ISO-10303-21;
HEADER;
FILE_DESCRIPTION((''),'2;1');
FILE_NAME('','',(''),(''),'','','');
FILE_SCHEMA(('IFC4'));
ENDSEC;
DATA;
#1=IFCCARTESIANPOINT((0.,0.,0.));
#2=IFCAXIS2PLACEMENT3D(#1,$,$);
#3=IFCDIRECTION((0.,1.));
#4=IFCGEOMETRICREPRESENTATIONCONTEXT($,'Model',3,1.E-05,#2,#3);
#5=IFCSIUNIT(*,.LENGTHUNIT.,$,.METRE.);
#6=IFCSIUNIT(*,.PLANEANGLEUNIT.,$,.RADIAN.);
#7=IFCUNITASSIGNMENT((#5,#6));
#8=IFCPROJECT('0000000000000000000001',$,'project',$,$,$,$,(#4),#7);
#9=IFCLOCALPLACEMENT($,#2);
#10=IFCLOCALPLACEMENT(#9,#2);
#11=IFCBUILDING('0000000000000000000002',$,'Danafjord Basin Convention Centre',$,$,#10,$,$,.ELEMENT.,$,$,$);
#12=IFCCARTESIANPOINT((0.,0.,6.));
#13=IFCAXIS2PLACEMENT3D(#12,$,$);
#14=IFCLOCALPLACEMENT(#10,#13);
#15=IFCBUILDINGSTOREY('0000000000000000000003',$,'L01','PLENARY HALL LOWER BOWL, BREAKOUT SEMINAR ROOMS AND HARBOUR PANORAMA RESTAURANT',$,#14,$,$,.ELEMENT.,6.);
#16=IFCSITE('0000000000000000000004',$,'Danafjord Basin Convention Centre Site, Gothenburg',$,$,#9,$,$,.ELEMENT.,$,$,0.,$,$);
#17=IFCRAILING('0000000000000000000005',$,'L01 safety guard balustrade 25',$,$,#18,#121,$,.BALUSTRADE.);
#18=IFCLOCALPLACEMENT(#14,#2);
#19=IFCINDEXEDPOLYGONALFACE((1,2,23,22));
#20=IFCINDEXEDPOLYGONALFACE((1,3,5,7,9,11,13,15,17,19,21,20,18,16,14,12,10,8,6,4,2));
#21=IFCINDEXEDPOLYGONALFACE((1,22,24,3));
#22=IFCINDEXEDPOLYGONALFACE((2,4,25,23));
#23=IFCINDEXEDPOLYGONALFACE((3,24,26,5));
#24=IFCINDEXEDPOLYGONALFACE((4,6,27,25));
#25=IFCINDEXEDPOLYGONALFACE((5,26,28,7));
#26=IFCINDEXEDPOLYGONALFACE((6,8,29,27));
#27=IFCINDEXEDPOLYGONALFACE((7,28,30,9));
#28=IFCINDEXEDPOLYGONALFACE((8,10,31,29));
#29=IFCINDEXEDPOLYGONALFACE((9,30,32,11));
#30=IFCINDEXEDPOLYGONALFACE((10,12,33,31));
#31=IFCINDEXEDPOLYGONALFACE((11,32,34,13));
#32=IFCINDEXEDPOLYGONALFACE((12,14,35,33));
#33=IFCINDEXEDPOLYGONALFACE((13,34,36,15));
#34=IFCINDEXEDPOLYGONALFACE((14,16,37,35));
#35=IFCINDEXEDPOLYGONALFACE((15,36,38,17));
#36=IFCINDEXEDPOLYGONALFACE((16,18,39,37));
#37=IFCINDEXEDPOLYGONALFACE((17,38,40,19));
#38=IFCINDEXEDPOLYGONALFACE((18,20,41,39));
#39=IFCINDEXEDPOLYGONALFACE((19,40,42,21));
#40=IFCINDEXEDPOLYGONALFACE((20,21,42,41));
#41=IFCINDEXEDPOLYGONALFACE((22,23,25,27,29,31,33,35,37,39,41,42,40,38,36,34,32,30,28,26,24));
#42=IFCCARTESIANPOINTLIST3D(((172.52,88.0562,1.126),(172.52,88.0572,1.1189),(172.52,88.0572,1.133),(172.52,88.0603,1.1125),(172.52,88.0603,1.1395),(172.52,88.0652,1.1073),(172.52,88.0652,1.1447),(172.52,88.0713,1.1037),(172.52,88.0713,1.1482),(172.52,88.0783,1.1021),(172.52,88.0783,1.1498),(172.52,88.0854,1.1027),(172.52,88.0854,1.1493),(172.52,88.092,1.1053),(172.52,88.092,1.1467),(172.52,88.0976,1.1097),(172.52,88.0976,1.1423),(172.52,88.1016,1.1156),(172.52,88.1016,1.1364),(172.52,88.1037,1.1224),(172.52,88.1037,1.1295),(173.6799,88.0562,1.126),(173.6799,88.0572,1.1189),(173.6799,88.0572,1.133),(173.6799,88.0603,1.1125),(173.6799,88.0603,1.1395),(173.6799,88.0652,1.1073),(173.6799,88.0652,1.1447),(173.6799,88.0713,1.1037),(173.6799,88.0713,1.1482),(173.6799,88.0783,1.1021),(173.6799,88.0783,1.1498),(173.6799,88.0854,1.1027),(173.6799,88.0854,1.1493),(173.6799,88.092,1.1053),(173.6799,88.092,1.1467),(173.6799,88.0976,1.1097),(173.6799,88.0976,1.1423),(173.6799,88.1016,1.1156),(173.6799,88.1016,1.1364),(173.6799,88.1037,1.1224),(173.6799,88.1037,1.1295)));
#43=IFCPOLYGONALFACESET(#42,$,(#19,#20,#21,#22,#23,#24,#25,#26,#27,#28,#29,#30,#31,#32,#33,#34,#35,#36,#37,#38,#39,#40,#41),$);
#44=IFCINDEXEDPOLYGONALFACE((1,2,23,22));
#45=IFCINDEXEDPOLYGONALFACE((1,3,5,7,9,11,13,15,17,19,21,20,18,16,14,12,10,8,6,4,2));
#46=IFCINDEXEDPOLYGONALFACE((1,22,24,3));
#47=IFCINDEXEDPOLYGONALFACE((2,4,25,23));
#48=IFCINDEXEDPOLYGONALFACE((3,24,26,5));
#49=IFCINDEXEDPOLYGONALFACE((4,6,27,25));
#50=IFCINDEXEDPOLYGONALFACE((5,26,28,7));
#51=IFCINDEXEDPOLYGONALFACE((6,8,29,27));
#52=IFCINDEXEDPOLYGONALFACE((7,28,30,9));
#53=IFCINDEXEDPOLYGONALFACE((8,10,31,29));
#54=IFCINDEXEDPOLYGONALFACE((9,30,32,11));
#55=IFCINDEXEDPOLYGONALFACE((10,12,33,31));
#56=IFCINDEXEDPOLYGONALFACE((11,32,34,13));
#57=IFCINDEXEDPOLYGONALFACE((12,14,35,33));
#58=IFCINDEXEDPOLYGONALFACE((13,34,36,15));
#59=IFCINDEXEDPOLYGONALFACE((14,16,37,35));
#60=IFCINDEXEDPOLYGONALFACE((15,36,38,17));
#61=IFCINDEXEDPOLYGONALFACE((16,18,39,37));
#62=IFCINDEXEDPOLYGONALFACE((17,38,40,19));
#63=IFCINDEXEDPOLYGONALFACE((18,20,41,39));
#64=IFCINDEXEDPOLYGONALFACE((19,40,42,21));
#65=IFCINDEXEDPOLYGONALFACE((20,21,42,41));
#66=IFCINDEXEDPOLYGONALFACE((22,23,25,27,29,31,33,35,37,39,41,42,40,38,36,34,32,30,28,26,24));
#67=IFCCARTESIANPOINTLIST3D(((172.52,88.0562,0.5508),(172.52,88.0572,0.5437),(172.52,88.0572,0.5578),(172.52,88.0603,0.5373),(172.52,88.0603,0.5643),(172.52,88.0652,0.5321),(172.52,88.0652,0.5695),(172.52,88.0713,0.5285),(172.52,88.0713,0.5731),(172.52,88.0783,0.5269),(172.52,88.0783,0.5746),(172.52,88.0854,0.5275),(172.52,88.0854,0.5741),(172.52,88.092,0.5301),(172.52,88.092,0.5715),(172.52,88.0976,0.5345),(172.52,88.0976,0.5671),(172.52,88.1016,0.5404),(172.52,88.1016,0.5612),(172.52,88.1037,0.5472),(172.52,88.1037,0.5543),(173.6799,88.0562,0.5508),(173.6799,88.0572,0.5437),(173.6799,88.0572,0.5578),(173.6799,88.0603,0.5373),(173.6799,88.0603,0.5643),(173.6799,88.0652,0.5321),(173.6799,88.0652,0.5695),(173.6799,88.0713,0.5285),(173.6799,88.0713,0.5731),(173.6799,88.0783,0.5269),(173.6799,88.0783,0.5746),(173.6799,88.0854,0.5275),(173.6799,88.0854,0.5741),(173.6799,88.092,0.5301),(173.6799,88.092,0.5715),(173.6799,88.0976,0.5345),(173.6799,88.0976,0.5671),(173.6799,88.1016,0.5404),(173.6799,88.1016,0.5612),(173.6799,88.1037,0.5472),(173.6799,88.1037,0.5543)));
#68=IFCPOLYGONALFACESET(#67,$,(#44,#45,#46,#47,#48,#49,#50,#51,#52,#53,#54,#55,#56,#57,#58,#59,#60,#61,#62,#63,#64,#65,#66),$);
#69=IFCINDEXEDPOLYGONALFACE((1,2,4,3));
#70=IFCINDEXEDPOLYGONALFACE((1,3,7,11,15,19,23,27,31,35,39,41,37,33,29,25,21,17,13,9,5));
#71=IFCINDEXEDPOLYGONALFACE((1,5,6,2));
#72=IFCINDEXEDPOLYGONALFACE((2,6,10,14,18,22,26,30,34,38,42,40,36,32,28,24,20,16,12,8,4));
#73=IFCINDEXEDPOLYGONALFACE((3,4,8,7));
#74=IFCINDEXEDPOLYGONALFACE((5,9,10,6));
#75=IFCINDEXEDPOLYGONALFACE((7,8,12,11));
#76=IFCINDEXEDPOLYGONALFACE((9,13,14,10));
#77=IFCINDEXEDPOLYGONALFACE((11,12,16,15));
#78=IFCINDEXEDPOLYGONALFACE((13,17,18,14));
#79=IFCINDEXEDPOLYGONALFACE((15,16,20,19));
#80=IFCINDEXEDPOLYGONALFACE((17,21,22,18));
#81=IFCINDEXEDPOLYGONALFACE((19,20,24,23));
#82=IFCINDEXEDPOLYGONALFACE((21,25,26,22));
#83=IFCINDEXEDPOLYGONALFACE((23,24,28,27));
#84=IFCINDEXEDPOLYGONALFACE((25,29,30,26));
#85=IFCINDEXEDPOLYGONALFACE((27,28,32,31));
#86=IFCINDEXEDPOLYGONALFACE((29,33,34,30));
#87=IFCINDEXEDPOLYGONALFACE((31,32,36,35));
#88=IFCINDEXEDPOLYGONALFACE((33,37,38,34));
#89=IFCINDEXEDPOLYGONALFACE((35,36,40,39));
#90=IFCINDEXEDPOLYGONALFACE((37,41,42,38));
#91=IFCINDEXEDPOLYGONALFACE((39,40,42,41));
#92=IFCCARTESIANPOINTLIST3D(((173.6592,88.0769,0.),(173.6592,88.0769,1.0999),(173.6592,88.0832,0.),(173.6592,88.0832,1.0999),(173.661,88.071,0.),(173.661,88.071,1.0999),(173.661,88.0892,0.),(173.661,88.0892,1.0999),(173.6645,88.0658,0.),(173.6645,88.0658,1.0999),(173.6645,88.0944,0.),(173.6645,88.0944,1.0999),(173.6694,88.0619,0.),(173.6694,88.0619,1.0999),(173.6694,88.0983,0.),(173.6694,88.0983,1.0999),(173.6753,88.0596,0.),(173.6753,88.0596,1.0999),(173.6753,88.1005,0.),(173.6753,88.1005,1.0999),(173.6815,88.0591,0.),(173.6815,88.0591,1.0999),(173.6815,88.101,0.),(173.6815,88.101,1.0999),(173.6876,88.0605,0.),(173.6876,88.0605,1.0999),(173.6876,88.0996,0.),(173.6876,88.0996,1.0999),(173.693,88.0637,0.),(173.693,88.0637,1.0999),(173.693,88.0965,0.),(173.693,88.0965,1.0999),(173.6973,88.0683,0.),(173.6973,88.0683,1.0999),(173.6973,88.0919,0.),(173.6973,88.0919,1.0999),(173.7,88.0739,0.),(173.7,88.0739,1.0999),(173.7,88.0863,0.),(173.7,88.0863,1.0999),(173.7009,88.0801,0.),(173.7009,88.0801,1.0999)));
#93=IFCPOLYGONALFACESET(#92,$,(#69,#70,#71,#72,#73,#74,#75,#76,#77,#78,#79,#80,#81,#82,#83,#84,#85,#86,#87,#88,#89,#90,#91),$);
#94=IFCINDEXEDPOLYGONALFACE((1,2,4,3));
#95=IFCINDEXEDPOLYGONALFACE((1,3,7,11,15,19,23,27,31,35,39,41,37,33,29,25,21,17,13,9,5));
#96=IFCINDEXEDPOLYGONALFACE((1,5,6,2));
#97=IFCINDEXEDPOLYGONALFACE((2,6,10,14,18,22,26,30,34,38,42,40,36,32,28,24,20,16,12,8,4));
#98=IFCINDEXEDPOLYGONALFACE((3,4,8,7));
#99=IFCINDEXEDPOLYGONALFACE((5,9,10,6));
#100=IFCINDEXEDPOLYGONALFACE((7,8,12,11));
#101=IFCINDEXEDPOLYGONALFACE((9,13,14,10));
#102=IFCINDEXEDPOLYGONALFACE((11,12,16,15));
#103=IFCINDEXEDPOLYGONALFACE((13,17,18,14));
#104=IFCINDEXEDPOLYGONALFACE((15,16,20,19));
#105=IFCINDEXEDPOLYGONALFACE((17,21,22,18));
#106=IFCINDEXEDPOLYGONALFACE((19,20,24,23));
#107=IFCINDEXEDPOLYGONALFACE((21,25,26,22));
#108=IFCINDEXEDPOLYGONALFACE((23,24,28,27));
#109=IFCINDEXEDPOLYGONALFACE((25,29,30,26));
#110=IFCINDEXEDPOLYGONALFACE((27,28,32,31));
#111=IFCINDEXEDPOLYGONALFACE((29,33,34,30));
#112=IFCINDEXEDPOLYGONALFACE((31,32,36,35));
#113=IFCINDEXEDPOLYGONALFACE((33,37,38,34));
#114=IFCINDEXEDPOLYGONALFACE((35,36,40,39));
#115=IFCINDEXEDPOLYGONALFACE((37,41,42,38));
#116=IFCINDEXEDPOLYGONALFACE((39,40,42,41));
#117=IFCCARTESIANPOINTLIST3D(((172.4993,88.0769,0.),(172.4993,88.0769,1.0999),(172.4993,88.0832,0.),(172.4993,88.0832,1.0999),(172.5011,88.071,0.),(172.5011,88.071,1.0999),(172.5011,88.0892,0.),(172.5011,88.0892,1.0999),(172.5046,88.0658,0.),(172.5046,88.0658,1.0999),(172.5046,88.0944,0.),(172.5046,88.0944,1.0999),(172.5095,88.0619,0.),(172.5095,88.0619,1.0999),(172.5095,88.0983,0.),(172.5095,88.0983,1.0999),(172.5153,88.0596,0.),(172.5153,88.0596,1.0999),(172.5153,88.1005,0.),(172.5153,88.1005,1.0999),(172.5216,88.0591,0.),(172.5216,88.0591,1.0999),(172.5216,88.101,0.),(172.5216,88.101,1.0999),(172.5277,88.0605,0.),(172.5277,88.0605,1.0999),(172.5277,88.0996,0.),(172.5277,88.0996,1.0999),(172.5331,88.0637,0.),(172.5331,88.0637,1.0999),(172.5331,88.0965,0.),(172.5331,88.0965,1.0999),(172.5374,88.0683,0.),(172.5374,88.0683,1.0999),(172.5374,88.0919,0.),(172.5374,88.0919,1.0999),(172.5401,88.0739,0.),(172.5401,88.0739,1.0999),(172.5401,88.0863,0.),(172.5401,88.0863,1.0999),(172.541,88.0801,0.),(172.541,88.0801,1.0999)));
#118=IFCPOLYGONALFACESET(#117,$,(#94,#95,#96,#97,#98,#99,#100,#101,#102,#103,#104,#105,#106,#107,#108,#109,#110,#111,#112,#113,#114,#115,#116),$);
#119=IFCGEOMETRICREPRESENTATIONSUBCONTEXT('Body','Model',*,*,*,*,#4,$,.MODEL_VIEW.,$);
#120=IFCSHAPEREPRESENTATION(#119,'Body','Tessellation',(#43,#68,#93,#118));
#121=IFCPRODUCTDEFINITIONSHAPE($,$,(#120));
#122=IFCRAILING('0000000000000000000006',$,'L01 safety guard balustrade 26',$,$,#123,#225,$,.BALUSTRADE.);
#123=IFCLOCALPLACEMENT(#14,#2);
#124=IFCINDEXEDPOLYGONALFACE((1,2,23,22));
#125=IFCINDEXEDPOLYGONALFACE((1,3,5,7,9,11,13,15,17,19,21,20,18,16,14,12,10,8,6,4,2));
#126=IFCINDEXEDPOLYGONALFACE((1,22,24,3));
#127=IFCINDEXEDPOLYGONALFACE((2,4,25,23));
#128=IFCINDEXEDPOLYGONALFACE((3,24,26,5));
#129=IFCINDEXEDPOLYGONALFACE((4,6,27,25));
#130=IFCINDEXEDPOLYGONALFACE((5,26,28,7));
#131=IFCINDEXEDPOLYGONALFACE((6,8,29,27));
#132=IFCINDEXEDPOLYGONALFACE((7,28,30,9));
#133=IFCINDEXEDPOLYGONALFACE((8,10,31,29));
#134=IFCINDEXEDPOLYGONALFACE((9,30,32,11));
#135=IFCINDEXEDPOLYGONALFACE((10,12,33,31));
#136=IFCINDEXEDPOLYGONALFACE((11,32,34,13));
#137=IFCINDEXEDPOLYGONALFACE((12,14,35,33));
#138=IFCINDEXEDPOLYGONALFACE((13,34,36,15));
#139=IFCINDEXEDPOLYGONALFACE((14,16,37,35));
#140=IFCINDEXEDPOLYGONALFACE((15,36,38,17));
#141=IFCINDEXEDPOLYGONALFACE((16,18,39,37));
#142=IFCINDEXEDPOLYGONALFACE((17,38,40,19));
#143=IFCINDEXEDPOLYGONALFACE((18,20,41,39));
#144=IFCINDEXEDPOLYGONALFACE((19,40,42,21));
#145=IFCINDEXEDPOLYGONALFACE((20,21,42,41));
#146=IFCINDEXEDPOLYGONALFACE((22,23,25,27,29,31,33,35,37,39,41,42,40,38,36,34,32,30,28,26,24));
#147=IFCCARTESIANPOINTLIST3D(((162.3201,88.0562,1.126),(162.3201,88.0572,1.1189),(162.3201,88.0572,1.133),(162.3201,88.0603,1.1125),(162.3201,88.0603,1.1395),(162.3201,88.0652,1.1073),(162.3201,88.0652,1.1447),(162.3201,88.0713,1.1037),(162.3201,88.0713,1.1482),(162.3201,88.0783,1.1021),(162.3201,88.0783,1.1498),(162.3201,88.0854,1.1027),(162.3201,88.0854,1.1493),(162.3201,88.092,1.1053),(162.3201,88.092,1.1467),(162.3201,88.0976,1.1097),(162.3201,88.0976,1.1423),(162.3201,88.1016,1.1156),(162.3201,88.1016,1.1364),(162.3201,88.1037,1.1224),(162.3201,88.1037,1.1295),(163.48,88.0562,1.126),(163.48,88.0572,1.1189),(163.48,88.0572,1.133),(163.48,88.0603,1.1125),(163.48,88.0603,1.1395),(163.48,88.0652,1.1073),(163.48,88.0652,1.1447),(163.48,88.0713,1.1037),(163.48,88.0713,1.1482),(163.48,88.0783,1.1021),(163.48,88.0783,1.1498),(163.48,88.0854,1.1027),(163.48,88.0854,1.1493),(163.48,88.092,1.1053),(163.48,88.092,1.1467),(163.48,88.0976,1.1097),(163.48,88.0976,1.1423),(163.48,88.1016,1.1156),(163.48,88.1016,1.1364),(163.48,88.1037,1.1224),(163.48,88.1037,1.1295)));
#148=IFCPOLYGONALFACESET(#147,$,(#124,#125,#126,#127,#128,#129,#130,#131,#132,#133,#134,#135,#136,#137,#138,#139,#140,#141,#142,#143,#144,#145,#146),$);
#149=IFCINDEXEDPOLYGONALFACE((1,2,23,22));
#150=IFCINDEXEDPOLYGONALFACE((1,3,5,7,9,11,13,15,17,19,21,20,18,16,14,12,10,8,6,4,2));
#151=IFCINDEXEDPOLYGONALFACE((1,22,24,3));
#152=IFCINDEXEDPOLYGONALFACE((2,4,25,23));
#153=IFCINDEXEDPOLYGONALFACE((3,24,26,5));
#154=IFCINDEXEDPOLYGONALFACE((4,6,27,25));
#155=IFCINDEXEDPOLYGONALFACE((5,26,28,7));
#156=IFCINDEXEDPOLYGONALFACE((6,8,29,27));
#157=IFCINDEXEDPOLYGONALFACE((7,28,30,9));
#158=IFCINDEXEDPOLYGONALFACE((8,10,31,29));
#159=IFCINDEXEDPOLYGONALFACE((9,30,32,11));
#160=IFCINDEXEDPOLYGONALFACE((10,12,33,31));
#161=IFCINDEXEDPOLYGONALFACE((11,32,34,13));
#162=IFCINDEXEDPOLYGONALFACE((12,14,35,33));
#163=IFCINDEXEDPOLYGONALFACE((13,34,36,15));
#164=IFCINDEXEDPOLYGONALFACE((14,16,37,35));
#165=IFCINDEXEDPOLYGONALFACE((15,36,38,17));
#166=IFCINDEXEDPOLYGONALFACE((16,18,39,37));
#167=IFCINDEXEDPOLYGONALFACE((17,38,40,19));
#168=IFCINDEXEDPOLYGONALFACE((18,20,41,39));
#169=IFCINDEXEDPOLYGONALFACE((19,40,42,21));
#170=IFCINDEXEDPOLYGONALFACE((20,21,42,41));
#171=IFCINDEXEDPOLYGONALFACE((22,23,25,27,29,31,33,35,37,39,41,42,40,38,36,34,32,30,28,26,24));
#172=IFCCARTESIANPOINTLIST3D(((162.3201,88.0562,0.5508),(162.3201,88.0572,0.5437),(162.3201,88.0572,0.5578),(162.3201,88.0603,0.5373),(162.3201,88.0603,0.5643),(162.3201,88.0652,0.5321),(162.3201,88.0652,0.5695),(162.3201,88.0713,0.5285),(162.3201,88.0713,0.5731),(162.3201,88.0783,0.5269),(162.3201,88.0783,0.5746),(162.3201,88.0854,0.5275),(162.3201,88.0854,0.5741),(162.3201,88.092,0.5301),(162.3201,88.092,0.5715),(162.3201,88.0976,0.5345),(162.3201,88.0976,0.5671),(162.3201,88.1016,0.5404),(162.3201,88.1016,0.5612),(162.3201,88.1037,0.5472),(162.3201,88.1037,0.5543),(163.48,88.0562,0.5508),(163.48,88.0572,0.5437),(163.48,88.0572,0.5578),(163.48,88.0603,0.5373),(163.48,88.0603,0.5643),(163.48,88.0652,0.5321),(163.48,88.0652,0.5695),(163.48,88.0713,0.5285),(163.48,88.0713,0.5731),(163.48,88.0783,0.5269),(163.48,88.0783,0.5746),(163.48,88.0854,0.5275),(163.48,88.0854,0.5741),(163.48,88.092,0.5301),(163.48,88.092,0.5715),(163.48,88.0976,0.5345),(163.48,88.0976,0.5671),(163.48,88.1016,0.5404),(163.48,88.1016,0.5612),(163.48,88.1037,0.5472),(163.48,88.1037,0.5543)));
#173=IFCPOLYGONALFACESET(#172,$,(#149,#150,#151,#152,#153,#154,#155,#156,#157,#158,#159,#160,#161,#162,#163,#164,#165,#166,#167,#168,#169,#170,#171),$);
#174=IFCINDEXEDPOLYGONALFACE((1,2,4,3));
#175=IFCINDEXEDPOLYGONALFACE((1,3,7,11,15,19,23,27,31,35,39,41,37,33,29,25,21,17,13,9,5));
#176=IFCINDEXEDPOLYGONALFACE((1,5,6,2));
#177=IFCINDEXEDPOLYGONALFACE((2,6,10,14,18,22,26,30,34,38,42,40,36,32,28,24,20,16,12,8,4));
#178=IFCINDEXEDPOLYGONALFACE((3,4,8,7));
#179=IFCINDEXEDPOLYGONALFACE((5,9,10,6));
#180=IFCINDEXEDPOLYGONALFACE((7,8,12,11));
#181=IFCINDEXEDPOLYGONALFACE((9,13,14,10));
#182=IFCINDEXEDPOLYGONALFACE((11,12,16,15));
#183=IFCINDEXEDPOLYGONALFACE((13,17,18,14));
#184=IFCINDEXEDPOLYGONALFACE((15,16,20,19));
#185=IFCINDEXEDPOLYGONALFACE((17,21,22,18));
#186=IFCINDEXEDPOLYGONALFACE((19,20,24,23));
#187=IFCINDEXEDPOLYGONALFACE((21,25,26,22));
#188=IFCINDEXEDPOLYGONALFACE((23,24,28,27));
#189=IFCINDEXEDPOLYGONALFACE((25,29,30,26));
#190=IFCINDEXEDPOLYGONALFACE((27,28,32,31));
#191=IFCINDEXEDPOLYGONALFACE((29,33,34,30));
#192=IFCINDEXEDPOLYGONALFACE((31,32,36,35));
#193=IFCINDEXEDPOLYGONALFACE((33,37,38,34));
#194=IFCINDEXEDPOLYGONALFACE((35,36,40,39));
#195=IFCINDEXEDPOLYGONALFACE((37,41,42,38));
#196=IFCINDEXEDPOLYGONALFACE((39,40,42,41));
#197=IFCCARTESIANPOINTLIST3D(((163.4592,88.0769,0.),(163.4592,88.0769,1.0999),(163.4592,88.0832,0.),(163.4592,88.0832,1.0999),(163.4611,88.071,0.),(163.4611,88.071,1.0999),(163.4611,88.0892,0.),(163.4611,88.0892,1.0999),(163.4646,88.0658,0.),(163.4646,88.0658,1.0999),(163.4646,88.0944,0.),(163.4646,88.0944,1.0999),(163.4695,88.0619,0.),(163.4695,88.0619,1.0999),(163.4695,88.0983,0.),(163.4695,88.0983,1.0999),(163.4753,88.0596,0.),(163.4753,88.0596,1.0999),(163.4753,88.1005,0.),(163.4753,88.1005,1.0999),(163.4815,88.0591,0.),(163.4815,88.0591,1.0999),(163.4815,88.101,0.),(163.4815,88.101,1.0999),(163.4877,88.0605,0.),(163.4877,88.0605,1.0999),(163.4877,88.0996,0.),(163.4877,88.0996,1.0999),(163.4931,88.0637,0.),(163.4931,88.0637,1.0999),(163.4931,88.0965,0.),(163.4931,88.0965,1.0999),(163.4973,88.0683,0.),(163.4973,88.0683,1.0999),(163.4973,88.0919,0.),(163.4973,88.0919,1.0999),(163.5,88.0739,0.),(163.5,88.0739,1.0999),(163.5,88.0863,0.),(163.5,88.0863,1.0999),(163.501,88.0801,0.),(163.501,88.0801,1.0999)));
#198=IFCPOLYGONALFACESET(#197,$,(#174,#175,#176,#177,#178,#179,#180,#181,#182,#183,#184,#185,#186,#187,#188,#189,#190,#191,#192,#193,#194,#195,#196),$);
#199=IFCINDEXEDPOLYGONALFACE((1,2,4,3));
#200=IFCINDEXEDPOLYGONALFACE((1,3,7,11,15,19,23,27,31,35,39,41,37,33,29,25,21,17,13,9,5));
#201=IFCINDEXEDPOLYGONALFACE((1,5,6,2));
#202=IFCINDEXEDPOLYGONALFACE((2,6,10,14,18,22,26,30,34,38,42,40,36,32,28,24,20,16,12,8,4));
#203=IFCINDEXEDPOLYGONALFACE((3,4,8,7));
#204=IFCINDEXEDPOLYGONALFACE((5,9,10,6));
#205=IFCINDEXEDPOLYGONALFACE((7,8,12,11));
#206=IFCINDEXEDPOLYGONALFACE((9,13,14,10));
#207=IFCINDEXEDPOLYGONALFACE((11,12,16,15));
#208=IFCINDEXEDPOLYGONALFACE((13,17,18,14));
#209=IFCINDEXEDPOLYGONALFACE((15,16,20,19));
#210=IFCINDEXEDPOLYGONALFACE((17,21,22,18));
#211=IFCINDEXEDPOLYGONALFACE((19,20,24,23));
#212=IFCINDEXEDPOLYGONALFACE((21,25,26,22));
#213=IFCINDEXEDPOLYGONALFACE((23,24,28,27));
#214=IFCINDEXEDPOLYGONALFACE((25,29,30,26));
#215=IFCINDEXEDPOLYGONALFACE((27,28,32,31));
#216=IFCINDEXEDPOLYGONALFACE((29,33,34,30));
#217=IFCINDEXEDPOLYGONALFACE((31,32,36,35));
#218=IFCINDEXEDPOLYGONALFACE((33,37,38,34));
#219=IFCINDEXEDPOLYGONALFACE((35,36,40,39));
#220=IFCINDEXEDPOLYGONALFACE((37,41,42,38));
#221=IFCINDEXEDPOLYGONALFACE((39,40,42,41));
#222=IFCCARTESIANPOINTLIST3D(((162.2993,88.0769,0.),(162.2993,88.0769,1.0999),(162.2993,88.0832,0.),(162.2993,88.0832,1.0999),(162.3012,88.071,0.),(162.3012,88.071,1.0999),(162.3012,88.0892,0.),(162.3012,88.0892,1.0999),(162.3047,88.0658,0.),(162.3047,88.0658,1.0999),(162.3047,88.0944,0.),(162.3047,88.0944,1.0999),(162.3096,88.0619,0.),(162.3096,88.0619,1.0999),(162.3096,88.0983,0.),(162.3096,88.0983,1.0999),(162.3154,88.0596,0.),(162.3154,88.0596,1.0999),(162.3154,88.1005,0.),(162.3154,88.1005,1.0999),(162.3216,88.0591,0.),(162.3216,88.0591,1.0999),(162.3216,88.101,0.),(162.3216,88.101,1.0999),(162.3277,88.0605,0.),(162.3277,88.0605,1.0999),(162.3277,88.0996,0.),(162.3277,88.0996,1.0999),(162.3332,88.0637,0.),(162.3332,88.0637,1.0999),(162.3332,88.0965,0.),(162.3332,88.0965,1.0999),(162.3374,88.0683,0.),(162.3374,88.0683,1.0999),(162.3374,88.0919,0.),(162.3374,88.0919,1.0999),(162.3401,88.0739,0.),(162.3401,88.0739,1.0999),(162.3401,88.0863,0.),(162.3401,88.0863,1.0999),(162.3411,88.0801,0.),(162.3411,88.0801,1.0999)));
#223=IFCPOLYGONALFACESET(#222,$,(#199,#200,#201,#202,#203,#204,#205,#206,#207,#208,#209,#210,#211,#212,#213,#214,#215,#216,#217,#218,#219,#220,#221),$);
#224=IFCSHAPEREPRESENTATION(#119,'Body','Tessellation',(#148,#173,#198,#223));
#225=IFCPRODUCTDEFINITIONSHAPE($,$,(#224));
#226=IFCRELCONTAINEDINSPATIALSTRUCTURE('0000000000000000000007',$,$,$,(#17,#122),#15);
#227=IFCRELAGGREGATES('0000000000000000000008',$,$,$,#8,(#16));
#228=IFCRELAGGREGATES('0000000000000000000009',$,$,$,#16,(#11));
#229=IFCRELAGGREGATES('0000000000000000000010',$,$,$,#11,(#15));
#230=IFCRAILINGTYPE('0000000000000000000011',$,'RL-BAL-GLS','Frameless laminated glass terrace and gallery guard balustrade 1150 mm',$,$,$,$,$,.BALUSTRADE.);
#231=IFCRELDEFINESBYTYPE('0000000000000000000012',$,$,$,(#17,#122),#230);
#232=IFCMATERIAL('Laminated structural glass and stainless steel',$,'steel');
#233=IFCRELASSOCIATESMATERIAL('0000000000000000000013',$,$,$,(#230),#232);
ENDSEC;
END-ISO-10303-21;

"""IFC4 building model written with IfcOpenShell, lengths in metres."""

from ifc_helpers import new_model, si_unit, direction, frame, origin, origin_2d, place, context, subcontext, project, spatial, circle, extrude, material, type_object, element, save


model = new_model("IFC4")

# Units and contexts
model_context = context("Model", 3, precision=1e-05, world=origin(), true_north=direction((0.0, 1.0)))
body_context = subcontext(model_context, "Body", "Model", "MODEL_VIEW")
ifc_project = project(units=[si_unit("LENGTHUNIT", "METRE"), si_unit("PLANEANGLEUNIT", "RADIAN")], contexts=[model_context])

# Site, building, storey
site_placement = place(None, origin())
site = spatial("IfcSite", under=ifc_project, at=site_placement, Name="Danafjord Basin Convention Centre Site, Gothenburg", CompositionType="ELEMENT", RefElevation=0.0)
building_placement = place(site_placement, origin())
building = spatial("IfcBuilding", under=site, at=building_placement, Name="Danafjord Basin Convention Centre", CompositionType="ELEMENT")
storey_placement = place(building_placement, frame((0.0, 0.0, 6.0)))
storey = spatial("IfcBuildingStorey", under=building, at=storey_placement, Name="L01", Description="PLENARY HALL LOWER BOWL, BREAKOUT SEMINAR ROOMS AND HARBOUR PANORAMA RESTAURANT", CompositionType="ELEMENT", Elevation=6.0)

# Railings
ifc_material_1 = material(Name="Laminated structural glass and stainless steel", Category="steel")
railing_type = type_object("IfcRailingType", Name="RL-BAL-GLS", Description="Frameless laminated glass terrace and gallery guard balustrade 1150 mm", PredefinedType="BALUSTRADE", material=ifc_material_1)
for number, where, name in (
    (1, (173.6799, 88.0801, 0.0), "L01 safety guard balustrade 25"),
    (2, (163.48, 88.0801, 0.0), "L01 safety guard balustrade 26"),
):
    element("IfcRailing", number, at=place(storey_placement, frame(where)), inside=storey, type_object=railing_type, Name=name, PredefinedType="BALUSTRADE", context=body_context, shape_type="SweptSolid", body=[
        extrude(circle(Radius=0.0239, at=origin_2d()), frame((0.0, 0.0, 1.126), z_axis=(-1.0, 0.0, 0.0), x_axis=(0.0, -1.0, 0.0)), (0.0, 0.0, 1.0), 1.1599),
        extrude(circle(Radius=0.0239, at=origin_2d()), frame((0.0, 0.0, 0.5508), z_axis=(-1.0, 0.0, 0.0), x_axis=(0.0, -1.0, 0.0)), (0.0, 0.0, 1.0), 1.1599),
        extrude(circle(Radius=0.021, at=origin_2d()), origin(), (0.0, 0.0, 1.0), 1.0999),
        extrude(circle(Radius=0.021, at=origin_2d()), frame((-1.1599, 0.0, 0.0)), (0.0, 0.0, 1.0), 1.0999),
    ])

save(model, "model.ifc")
